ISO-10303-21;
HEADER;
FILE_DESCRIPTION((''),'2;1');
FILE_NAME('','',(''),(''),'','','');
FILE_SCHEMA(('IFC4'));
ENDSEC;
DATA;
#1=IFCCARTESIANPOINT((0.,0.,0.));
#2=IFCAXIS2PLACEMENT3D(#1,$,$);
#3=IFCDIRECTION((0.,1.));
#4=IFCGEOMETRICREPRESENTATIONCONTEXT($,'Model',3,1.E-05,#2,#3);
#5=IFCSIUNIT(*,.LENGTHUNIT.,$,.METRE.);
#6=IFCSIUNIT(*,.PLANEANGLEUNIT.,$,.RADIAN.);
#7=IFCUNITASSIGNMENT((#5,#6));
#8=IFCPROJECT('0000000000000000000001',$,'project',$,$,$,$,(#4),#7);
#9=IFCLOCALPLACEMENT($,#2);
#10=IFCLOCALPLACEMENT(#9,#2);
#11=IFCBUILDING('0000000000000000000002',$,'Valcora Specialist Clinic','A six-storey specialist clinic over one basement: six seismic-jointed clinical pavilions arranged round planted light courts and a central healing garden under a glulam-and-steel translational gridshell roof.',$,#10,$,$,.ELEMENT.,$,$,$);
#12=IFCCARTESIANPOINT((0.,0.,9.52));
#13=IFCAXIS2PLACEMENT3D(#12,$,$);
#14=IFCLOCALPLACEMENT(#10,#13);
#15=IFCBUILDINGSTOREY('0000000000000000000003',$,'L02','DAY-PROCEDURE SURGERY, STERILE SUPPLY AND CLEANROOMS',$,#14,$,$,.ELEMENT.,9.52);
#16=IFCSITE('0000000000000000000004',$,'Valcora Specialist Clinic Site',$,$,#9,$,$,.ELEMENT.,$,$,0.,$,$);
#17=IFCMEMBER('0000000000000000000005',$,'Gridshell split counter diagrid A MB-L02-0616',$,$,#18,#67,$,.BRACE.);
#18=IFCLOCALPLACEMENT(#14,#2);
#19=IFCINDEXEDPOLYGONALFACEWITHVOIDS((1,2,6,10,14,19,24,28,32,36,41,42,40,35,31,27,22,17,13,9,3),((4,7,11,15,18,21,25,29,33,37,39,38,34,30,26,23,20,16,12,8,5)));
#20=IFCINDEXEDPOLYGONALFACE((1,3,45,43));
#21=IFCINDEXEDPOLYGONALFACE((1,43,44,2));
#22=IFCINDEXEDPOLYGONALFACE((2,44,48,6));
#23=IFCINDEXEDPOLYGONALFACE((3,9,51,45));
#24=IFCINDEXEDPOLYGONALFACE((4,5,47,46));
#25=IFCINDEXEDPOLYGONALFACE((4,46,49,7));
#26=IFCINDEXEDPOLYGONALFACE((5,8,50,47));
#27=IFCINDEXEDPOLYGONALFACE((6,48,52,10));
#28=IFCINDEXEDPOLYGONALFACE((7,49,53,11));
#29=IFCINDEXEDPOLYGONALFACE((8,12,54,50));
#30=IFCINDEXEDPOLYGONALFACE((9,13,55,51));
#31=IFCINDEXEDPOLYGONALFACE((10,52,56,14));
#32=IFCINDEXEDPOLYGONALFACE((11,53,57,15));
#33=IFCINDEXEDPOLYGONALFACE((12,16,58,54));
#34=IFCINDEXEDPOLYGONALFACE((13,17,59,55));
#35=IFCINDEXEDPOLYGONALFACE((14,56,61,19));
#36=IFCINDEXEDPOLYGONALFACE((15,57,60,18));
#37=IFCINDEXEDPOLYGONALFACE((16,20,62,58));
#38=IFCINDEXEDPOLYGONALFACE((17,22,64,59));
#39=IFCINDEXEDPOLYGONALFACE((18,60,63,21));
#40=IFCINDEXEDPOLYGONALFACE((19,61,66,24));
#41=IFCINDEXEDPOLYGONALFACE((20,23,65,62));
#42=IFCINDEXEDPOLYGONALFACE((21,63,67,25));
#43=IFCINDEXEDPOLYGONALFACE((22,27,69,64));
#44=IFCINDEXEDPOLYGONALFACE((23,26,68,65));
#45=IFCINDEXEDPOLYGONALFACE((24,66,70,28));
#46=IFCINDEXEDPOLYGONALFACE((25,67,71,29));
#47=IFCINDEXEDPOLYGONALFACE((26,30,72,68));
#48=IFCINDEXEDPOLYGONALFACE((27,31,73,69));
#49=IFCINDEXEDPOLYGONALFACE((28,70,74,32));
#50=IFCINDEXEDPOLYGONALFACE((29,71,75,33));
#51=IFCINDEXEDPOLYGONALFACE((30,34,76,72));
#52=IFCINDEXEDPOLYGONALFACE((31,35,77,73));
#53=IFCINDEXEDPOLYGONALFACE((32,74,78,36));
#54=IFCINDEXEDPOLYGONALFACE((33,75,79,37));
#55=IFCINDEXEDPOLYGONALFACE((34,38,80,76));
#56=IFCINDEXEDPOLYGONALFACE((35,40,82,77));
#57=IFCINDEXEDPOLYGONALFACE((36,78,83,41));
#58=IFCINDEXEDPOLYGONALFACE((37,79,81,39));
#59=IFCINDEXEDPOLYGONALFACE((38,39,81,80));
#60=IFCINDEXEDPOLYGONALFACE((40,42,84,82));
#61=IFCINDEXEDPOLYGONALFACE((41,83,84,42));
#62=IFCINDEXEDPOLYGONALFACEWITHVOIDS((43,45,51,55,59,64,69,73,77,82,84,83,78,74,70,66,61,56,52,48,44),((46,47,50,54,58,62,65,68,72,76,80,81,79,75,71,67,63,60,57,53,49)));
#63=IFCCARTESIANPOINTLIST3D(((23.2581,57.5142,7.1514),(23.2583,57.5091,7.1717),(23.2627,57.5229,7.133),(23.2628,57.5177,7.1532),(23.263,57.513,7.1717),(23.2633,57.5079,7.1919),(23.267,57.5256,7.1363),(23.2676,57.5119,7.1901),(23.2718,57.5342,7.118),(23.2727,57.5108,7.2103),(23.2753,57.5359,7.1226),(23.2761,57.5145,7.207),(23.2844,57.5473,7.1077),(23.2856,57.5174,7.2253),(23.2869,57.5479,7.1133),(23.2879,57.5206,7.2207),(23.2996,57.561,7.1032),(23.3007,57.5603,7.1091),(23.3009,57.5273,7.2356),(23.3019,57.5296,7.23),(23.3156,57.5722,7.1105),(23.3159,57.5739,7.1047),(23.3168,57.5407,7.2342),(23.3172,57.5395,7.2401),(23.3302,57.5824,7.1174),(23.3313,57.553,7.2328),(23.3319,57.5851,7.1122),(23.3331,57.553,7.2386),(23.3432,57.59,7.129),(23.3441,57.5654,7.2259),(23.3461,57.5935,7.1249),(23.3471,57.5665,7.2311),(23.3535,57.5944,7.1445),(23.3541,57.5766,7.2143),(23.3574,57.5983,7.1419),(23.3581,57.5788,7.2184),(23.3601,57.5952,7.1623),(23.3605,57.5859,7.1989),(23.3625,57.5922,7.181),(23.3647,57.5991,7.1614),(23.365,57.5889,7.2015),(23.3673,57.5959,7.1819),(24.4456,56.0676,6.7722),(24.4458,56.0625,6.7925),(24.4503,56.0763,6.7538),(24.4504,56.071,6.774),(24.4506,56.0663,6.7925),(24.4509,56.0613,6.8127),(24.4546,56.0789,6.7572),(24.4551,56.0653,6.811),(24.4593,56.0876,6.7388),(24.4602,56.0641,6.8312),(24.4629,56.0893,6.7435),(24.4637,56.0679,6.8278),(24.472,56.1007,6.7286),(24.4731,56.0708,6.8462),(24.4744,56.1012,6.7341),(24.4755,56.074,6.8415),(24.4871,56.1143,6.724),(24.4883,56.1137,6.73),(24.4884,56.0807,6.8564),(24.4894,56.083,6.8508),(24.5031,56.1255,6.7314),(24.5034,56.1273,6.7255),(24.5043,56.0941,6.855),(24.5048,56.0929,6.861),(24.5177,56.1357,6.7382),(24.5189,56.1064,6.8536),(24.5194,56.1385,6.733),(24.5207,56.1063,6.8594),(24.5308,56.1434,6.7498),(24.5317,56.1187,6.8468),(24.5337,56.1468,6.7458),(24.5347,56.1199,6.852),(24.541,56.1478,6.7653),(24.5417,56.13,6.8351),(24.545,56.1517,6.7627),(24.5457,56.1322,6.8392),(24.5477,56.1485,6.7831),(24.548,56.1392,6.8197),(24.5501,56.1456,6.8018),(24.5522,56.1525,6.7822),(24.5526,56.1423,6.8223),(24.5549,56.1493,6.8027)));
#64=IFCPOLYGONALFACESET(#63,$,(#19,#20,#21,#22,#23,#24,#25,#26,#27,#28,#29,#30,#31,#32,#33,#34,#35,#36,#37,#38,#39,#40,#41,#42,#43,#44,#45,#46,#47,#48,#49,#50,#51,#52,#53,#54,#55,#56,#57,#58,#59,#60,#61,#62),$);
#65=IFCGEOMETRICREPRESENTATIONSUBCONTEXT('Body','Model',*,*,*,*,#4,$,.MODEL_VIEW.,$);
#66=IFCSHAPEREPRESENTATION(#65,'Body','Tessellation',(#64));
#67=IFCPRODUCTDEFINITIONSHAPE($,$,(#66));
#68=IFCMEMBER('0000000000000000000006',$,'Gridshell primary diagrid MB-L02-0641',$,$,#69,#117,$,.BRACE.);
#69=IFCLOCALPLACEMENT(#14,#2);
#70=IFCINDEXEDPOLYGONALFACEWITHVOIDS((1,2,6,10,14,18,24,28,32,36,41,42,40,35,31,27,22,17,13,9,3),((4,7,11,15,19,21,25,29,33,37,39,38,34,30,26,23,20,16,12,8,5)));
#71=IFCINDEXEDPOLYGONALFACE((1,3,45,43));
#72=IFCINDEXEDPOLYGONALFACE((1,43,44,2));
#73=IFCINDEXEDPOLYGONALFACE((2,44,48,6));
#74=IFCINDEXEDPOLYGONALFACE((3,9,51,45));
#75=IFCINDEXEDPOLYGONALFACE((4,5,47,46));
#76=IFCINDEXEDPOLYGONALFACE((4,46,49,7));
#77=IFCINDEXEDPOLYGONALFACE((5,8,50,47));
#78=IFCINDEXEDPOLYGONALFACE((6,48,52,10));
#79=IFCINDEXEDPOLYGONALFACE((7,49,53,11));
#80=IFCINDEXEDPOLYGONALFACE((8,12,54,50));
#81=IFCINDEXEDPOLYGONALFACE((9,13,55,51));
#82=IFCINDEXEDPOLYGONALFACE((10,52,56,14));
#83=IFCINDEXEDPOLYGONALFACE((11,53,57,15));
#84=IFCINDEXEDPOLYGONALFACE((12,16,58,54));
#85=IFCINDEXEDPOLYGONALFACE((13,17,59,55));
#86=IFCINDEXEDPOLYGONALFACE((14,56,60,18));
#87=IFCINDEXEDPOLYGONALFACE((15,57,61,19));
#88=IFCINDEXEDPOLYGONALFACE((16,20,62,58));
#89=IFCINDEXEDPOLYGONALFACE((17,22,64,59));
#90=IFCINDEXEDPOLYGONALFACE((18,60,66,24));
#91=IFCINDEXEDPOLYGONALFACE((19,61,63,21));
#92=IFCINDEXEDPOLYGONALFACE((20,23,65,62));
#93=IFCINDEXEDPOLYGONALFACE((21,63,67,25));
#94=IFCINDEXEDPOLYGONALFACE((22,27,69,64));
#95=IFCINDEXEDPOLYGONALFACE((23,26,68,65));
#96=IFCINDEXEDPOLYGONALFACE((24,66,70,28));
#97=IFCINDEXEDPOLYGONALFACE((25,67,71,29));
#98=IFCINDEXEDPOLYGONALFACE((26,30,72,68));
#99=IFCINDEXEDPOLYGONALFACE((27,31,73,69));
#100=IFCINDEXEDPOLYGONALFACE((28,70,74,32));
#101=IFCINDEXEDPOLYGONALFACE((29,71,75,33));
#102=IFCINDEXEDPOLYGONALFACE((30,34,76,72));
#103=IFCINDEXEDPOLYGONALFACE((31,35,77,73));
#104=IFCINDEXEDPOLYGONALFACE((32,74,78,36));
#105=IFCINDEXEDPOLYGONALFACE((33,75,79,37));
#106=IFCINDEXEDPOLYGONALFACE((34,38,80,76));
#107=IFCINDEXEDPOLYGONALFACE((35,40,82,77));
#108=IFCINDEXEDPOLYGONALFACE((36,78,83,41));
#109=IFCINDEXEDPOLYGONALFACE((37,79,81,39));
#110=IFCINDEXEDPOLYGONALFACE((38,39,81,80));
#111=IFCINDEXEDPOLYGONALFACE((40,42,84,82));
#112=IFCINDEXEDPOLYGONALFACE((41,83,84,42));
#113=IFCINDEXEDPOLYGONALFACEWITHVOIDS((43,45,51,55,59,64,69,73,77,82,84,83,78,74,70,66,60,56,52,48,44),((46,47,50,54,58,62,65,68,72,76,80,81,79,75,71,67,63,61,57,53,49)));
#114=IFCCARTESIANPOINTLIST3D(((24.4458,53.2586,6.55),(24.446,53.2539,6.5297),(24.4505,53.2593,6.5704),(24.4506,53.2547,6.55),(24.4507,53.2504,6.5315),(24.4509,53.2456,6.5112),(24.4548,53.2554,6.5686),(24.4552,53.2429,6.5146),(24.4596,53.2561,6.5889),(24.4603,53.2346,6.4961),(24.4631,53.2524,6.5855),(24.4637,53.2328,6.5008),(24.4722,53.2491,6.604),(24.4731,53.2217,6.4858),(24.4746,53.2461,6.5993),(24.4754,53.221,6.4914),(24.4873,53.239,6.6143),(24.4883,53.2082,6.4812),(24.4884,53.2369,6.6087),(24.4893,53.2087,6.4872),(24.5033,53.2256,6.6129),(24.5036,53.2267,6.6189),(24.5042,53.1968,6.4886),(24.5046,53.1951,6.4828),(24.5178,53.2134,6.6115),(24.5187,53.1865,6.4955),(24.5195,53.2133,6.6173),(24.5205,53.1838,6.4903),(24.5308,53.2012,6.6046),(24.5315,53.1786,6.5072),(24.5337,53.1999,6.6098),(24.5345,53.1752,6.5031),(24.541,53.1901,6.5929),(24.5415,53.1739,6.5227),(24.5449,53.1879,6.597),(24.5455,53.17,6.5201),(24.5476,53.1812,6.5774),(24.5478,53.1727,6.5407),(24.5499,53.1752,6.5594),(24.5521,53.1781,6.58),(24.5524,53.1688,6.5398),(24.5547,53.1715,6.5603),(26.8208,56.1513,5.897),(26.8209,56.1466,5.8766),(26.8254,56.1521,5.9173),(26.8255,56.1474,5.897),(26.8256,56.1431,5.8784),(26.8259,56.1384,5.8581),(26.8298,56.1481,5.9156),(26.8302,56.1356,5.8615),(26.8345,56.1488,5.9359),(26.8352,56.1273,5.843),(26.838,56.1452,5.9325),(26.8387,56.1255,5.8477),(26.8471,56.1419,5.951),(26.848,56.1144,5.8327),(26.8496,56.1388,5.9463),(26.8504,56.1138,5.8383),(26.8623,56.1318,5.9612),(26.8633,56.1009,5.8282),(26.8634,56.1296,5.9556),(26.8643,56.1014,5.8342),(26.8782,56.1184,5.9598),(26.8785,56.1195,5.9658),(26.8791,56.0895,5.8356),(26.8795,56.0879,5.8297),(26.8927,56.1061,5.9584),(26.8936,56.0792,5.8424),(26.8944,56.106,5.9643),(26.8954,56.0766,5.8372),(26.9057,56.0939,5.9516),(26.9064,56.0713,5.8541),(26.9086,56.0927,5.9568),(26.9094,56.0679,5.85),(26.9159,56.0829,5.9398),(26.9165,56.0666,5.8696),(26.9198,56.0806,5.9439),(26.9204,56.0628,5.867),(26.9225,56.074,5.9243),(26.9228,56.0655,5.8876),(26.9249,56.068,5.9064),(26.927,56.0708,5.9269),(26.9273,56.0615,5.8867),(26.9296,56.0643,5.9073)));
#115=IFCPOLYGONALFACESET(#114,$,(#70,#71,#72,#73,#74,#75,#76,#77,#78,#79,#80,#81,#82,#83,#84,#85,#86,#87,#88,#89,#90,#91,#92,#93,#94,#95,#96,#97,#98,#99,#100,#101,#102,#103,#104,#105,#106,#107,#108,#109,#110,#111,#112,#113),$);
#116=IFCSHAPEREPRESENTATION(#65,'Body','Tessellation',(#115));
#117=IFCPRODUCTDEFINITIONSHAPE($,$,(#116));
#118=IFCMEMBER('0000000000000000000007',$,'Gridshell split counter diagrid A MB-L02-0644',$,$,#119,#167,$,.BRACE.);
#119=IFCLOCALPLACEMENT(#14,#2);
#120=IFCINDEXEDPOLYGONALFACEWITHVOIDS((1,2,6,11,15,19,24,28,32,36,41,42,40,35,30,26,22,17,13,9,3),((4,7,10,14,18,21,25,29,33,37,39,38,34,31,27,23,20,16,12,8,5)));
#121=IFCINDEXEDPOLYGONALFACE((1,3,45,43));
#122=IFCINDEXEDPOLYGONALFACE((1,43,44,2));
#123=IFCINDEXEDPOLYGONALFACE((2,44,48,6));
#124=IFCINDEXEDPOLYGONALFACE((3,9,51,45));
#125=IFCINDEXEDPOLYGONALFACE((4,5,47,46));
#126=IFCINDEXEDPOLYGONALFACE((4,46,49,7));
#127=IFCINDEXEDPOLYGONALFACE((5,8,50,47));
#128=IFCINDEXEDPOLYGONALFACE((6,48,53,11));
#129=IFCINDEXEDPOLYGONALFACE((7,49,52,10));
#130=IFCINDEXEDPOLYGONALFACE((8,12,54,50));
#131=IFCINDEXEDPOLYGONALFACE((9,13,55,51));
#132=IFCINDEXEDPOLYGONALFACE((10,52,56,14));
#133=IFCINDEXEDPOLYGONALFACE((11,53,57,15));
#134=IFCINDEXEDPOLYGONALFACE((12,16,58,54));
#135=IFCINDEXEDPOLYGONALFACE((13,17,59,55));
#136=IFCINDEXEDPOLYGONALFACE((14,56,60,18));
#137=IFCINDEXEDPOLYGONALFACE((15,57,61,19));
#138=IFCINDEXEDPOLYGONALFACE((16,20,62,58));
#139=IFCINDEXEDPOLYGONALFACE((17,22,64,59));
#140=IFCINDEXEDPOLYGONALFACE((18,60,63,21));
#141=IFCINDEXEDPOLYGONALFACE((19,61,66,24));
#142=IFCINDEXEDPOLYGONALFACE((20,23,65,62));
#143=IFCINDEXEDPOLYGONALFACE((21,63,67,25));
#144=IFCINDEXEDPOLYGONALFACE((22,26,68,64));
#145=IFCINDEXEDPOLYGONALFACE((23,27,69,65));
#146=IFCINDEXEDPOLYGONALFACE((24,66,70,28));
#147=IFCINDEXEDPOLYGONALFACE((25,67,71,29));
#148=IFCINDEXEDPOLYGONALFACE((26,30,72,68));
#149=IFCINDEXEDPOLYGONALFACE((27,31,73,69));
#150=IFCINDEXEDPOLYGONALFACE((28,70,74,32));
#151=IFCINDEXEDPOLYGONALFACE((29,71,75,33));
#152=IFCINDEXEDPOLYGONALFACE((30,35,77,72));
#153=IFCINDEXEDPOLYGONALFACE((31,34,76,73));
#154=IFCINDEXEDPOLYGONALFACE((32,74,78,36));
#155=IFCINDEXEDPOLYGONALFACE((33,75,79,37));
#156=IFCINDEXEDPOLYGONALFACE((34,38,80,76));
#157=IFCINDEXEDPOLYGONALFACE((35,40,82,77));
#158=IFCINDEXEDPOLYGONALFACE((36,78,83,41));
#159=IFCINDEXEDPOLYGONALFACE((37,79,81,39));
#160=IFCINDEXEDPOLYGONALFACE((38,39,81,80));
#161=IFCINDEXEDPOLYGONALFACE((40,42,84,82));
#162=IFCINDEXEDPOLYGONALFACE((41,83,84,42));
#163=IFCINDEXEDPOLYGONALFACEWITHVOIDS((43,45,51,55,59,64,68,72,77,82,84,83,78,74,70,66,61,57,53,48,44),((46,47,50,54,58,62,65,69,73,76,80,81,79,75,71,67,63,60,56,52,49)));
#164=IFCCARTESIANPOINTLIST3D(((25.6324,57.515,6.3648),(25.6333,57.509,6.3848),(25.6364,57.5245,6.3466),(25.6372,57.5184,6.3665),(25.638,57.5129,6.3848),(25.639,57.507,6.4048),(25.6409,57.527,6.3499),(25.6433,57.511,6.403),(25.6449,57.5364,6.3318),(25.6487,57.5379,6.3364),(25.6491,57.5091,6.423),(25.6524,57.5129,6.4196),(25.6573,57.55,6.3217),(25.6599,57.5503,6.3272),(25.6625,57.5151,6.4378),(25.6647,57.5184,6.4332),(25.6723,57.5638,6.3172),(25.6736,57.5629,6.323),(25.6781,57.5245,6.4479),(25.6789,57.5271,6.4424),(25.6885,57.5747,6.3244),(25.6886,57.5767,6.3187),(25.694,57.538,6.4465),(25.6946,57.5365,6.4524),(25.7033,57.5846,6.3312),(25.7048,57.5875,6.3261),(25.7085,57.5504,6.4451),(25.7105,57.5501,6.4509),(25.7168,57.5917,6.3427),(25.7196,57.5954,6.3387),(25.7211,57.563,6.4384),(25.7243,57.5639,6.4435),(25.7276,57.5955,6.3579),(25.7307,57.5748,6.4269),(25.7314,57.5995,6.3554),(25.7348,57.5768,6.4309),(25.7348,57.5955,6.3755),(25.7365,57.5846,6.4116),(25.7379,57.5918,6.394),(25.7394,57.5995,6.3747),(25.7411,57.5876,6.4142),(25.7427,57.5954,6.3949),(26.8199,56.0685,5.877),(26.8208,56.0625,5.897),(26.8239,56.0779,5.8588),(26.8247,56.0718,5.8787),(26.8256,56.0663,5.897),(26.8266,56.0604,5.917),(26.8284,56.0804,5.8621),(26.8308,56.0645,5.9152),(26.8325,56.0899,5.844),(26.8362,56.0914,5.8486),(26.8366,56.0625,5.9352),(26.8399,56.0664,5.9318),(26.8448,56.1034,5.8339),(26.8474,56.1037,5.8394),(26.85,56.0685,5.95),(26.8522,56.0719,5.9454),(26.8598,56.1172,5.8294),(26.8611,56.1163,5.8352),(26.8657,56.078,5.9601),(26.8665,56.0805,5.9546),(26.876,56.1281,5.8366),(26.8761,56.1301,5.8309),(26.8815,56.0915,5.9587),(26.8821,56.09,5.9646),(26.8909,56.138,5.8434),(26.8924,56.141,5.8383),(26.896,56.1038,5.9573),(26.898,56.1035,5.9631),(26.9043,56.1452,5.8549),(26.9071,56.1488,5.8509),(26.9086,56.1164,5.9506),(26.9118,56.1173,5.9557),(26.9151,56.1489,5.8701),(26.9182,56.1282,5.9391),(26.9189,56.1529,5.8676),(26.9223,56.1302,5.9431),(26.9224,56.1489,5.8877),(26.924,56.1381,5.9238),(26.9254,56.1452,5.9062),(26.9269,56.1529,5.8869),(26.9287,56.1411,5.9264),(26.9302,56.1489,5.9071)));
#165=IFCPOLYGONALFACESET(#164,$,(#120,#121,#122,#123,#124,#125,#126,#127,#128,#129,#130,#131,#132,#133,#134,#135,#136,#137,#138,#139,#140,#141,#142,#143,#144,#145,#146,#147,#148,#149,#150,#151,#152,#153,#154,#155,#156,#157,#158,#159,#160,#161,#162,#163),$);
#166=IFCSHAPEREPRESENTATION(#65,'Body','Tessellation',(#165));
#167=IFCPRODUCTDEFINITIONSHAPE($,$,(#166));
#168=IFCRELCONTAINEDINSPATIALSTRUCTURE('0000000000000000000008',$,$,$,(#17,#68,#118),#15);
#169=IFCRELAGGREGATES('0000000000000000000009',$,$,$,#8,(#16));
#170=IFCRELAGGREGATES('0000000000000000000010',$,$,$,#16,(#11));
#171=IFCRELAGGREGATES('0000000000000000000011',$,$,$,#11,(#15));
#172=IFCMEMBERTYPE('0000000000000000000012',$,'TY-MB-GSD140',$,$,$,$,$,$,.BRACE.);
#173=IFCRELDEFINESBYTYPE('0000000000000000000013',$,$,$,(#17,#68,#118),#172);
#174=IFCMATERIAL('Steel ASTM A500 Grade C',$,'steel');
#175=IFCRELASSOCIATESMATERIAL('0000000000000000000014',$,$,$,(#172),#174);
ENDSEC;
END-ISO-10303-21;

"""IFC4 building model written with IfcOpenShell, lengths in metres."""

from ifc_helpers import new_model, si_unit, direction, frame, origin, origin_2d, place, context, subcontext, project, spatial, hollow_circle, extrude, material, material_profile, profile_set, type_object, element, save


model = new_model("IFC4")

# Units and contexts
model_context = context("Model", 3, precision=1e-05, world=origin(), true_north=direction((0.0, 1.0)))
body_context = subcontext(model_context, "Body", "Model", "MODEL_VIEW")
ifc_project = project(units=[si_unit("LENGTHUNIT", "METRE"), si_unit("PLANEANGLEUNIT", "RADIAN")], contexts=[model_context])

# Site, building, storey
site_placement = place(None, origin())
site = spatial("IfcSite", under=ifc_project, at=site_placement, Name="Valcora Specialist Clinic Site", CompositionType="ELEMENT", RefElevation=0.0)
building_placement = place(site_placement, origin())
building = spatial("IfcBuilding", under=site, at=building_placement, Name="Valcora Specialist Clinic", Description="A six-storey specialist clinic over one basement: six seismic-jointed clinical pavilions arranged round planted light courts and a central healing garden under a glulam-and-steel translational gridshell roof.", CompositionType="ELEMENT")
storey_placement = place(building_placement, frame((0.0, 0.0, 9.52)))
storey = spatial("IfcBuildingStorey", under=building, at=storey_placement, Name="L02", Description="DAY-PROCEDURE SURGERY, STERILE SUPPLY AND CLEANROOMS", CompositionType="ELEMENT", Elevation=9.52)

# Members
ifc_material_1 = material(Name="Steel ASTM A500 Grade C", Category="steel")
ifc_material_profile_1 = material_profile(ifc_material_1, hollow_circle(Radius=0.0701, WallThickness=0.0061, at=origin_2d()), Name="ST-CHS-140X6")
ifc_profile_set_1 = profile_set([ifc_material_profile_1], Name="Steel ASTM A500 Grade C")
member_type_1 = type_object("IfcMemberType", Name="TY-MB-GSD140", PredefinedType="BRACE", material=ifc_profile_set_1)
member_1_placement = place(storey_placement, frame((24.5, 56.1069, 6.7925), z_axis=(-0.621875, 0.757527, 0.198555), x_axis=(-0.772916, -0.634508, 0.0)))
element("IfcMember", 1, at=member_1_placement, inside=storey, type_object=member_type_1, Name="Gridshell split counter diagrid A MB-L02-0616", PredefinedType="BRACE", context=body_context, shape_type="SweptSolid", body=[
    extrude(hollow_circle(Radius=0.0701, WallThickness=0.0061, at=origin_2d()), origin(), (0.0, 0.0, 1.0), 1.9097),
])
member_2_placement = place(storey_placement, frame((24.5, 53.2141, 6.55), z_axis=(0.625096, 0.761386, -0.171889), x_axis=(-0.77289, 0.63454, 0.0)))
element("IfcMember", 2, at=member_2_placement, inside=storey, type_object=member_type_1, Name="Gridshell primary diagrid MB-L02-0641", PredefinedType="BRACE", context=body_context, shape_type="SweptSolid", body=[
    extrude(hollow_circle(Radius=0.0701, WallThickness=0.0061, at=origin_2d()), origin(), (0.0, 0.0, 1.0), 3.7993),
])
member_3_placement = place(storey_placement, frame((26.875, 56.1069, 5.897), z_axis=(-0.613996, 0.747929, 0.252213), x_axis=(-0.772916, -0.634508, 0.0)))
element("IfcMember", 3, at=member_3_placement, inside=storey, type_object=member_type_1, Name="Gridshell split counter diagrid A MB-L02-0644", PredefinedType="BRACE", context=body_context, shape_type="SweptSolid", body=[
    extrude(hollow_circle(Radius=0.0701, WallThickness=0.0061, at=origin_2d()), origin(), (0.0, 0.0, 1.0), 1.9341),
])

save(model, "model.ifc")
